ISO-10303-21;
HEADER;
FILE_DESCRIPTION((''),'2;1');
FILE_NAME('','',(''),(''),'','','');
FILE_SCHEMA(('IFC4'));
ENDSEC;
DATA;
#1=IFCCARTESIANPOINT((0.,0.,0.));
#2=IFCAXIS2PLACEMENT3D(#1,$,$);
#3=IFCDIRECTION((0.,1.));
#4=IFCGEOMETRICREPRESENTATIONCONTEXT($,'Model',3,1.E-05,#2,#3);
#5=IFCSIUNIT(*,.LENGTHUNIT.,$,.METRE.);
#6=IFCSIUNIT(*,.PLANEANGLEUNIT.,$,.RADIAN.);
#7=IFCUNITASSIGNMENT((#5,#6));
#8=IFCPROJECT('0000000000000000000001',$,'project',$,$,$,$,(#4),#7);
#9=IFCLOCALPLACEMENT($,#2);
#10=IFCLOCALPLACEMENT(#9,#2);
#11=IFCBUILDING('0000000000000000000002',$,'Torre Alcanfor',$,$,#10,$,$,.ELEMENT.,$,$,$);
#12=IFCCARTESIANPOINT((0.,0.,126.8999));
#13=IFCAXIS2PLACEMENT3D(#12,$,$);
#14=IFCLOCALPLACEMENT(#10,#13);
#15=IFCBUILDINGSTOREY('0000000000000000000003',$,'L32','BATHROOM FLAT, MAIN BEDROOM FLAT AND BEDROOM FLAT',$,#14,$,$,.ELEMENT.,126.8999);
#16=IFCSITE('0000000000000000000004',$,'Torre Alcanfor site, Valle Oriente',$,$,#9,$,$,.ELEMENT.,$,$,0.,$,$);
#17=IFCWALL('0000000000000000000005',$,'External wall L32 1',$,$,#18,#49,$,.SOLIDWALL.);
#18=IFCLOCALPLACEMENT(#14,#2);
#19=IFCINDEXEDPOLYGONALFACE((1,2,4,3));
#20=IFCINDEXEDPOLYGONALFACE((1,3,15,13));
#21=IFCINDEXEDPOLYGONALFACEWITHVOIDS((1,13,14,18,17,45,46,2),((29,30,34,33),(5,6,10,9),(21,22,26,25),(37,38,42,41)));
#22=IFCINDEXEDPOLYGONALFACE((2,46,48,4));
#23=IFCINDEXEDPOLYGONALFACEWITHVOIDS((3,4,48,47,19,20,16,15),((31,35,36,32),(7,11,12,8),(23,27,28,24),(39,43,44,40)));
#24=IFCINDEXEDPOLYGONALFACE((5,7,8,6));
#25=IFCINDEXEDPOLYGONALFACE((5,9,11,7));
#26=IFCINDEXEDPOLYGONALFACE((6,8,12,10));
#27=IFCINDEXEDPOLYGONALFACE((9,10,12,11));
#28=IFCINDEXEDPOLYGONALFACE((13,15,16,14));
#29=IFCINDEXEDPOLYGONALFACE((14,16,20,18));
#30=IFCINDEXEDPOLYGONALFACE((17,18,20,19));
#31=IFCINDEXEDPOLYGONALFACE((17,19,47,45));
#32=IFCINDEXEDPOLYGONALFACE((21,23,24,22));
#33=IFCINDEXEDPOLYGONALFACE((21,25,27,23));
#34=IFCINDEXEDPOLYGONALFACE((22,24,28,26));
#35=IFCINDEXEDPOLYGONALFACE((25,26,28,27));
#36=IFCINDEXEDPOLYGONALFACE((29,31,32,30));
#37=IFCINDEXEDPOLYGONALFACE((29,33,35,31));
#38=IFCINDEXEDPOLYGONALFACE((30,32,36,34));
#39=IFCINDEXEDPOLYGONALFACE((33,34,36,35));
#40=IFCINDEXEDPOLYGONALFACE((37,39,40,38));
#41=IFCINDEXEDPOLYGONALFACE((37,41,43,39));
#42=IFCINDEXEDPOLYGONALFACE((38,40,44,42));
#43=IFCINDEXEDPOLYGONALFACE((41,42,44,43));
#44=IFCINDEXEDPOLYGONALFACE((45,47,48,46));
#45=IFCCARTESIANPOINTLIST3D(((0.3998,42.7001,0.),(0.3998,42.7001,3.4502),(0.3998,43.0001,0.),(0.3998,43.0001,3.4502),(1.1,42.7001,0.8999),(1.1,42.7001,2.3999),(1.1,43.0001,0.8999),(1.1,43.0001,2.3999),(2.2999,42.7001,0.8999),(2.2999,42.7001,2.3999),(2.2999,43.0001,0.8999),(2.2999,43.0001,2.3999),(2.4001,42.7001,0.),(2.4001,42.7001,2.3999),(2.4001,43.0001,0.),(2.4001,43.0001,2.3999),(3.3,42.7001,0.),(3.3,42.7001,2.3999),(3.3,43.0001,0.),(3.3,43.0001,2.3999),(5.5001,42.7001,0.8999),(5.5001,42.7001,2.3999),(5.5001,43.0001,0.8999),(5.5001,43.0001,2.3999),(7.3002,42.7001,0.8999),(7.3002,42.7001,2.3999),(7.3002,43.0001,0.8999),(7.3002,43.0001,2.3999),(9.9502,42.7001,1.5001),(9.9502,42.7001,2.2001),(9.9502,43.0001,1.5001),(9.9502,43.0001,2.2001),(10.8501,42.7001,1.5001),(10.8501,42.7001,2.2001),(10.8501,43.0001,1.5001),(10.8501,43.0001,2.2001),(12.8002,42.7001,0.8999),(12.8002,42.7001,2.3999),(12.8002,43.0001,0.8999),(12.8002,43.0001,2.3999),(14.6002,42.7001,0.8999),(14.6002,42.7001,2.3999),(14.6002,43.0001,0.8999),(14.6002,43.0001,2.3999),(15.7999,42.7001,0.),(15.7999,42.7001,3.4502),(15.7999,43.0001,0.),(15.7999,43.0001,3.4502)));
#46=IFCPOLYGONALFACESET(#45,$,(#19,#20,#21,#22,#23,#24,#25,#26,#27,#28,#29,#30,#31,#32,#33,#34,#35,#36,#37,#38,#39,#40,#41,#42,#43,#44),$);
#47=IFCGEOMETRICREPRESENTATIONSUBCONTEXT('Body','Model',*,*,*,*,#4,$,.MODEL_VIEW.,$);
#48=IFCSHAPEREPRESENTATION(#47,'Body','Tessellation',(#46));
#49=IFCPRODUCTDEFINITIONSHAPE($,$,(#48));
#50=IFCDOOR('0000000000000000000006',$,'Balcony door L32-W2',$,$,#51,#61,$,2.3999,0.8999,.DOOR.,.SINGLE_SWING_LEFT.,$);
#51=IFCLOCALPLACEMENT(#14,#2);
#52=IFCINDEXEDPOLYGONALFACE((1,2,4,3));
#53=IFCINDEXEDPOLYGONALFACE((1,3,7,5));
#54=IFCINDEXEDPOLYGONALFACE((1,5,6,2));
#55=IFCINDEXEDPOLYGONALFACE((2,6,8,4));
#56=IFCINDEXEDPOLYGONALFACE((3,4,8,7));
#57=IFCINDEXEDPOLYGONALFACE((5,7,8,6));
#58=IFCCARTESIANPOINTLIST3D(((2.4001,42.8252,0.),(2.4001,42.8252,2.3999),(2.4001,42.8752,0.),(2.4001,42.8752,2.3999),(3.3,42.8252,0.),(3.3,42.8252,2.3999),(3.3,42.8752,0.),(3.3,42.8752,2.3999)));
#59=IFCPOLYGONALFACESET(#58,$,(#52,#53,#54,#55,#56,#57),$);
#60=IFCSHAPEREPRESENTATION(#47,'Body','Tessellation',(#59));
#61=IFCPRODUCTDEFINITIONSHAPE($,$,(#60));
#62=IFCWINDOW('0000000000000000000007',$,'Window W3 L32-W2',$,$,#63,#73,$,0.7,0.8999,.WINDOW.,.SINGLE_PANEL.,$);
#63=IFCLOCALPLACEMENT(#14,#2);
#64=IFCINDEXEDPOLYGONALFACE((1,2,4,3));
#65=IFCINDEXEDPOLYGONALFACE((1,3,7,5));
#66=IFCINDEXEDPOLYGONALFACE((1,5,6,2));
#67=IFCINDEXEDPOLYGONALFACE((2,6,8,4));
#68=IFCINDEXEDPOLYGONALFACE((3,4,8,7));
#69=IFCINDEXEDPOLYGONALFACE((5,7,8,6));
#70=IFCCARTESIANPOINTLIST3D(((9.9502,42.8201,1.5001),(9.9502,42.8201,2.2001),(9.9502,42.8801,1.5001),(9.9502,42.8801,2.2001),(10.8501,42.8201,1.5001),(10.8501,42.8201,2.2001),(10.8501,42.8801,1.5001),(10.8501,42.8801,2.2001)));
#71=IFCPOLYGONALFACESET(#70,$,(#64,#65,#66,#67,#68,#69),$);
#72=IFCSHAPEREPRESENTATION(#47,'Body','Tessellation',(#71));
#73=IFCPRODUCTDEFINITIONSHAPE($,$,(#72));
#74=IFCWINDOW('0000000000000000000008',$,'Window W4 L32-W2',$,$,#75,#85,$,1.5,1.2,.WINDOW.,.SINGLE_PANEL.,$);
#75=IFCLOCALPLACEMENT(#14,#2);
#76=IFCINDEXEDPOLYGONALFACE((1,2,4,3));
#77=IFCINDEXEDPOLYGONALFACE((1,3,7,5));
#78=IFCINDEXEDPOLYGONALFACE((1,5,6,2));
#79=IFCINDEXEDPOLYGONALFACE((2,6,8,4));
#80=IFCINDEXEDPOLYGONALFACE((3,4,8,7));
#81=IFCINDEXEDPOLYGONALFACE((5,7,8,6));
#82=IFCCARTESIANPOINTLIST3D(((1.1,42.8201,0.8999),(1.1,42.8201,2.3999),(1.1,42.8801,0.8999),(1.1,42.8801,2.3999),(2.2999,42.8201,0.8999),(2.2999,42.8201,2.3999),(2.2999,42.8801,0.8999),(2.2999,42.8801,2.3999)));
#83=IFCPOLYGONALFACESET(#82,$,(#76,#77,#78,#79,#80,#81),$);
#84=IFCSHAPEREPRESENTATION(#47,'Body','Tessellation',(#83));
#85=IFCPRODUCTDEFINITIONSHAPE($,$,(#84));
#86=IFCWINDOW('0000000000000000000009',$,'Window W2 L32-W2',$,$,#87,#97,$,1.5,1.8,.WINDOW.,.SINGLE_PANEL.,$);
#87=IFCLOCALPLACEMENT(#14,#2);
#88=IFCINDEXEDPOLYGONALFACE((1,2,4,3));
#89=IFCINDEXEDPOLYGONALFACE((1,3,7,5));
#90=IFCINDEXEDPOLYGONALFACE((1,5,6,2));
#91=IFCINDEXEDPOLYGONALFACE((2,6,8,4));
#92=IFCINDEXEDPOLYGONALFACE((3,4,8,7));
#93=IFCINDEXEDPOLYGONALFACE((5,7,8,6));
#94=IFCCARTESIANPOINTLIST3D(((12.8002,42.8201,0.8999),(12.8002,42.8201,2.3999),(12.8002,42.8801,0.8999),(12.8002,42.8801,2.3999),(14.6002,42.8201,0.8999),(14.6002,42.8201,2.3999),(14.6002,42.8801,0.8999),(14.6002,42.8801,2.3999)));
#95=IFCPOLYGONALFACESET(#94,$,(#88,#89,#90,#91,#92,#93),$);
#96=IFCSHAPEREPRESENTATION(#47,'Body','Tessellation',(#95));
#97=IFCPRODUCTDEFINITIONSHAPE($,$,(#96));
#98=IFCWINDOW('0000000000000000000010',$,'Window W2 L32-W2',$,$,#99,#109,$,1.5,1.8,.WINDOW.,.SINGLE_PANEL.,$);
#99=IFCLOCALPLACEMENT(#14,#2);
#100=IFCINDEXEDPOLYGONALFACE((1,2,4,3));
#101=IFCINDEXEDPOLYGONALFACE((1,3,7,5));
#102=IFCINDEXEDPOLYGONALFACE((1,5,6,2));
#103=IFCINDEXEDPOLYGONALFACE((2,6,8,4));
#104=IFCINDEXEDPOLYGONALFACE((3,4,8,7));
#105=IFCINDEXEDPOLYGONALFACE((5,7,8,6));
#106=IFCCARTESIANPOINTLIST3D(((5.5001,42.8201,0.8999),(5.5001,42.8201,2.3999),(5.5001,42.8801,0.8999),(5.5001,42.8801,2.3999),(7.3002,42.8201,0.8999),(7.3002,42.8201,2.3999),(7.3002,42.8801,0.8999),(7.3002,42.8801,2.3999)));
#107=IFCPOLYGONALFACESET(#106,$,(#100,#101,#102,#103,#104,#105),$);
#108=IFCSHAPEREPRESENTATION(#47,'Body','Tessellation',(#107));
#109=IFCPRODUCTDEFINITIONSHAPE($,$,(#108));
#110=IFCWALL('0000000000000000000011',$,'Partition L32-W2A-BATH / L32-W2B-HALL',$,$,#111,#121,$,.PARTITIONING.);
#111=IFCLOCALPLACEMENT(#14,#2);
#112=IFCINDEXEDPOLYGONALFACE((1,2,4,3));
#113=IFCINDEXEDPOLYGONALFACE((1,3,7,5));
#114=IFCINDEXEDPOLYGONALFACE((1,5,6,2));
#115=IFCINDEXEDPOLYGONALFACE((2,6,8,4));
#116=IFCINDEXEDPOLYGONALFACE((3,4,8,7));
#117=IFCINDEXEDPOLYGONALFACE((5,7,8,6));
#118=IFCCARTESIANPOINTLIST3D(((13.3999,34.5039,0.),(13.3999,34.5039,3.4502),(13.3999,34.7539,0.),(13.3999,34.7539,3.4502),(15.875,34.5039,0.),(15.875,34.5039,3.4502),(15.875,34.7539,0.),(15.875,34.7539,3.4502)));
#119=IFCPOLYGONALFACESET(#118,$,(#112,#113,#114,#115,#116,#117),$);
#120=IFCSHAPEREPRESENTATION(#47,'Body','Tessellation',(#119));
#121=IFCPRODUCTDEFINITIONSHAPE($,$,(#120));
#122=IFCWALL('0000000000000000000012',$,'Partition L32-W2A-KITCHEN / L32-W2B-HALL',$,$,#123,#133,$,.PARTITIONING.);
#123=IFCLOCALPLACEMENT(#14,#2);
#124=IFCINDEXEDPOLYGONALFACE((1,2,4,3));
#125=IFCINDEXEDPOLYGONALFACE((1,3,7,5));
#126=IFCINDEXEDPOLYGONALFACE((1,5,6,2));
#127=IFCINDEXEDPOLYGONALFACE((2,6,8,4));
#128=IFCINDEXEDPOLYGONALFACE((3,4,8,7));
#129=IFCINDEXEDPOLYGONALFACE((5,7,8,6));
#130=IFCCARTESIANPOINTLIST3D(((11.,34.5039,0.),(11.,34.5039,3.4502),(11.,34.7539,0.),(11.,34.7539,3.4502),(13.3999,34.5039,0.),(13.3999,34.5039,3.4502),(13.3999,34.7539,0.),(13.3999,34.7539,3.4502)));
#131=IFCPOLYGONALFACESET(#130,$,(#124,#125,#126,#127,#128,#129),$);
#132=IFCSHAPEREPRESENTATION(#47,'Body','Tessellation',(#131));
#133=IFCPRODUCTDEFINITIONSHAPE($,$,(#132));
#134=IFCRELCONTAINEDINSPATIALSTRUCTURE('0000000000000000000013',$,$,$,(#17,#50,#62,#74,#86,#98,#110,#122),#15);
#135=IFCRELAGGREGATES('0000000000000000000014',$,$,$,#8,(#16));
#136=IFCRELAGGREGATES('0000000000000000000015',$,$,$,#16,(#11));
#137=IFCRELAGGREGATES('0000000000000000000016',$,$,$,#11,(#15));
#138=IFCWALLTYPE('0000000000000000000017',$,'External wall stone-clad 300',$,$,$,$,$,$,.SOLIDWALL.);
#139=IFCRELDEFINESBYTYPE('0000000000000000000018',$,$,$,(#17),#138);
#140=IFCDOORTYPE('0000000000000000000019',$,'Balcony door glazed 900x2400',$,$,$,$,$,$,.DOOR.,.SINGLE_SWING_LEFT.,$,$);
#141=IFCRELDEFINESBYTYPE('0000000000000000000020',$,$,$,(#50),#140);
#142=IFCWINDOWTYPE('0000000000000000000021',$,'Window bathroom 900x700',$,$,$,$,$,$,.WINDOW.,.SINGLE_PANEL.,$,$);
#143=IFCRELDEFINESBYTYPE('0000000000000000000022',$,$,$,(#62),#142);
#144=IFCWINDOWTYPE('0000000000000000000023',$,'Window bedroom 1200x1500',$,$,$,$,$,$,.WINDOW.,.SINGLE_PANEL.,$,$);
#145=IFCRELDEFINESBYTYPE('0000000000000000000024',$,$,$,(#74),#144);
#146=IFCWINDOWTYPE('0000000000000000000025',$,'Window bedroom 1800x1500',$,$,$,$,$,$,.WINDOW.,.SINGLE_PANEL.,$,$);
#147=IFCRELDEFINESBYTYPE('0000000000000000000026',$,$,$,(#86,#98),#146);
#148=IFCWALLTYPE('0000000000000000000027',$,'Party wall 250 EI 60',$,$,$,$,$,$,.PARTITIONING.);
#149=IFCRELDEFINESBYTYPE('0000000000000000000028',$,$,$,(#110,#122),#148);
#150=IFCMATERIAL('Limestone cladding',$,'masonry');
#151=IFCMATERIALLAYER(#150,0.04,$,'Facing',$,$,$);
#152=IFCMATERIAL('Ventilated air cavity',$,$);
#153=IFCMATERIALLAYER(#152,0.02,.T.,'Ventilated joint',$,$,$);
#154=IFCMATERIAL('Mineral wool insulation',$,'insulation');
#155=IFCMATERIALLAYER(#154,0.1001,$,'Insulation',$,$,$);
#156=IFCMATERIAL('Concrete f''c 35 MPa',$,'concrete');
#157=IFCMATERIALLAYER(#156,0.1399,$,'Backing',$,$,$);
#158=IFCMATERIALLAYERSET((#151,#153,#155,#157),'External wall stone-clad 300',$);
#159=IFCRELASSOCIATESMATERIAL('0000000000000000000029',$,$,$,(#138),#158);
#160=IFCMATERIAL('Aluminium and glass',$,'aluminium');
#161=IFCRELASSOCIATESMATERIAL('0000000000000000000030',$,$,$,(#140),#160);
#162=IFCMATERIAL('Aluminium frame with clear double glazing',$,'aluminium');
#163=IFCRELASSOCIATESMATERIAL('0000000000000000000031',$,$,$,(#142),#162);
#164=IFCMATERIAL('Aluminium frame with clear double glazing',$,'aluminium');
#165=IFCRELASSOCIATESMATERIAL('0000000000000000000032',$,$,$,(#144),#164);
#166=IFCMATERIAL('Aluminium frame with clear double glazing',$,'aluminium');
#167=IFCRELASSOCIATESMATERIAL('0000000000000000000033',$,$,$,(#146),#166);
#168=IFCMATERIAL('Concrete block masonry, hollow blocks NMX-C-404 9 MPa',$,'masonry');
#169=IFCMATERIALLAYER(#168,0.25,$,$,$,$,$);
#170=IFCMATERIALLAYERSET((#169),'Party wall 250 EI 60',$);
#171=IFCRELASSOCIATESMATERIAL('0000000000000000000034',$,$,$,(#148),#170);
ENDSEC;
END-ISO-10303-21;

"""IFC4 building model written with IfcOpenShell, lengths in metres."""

from ifc_helpers import new_model, si_unit, direction, frame, frame_2d, origin, place, context, subcontext, project, spatial, rectangle, extrude, material, layer, layer_set, type_object, element, fill, save


model = new_model("IFC4")

# Units and contexts
model_context = context("Model", 3, precision=1e-05, world=origin(), true_north=direction((0.0, 1.0)))
body_context = subcontext(model_context, "Body", "Model", "MODEL_VIEW")
ifc_project = project(units=[si_unit("LENGTHUNIT", "METRE"), si_unit("PLANEANGLEUNIT", "RADIAN")], contexts=[model_context])

# Site, building, storey
site_placement = place(None, origin())
site = spatial("IfcSite", under=ifc_project, at=site_placement, Name="Torre Alcanfor site, Valle Oriente", CompositionType="ELEMENT", RefElevation=0.0)
building_placement = place(site_placement, origin())
building = spatial("IfcBuilding", under=site, at=building_placement, Name="Torre Alcanfor", CompositionType="ELEMENT")
storey_placement = place(building_placement, frame((0.0, 0.0, 126.8999)))
storey = spatial("IfcBuildingStorey", under=building, at=storey_placement, Name="L32", Description="BATHROOM FLAT, MAIN BEDROOM FLAT AND BEDROOM FLAT", CompositionType="ELEMENT", Elevation=126.8999)

# Wall, openings, door, windows
ifc_material_1 = material(Name="Limestone cladding", Category="masonry")
ifc_layer_1 = layer(ifc_material_1, 0.04, Name="Facing")
ifc_material_2 = material(Name="Ventilated air cavity")
ifc_layer_2 = layer(ifc_material_2, 0.02, ventilated=True, Name="Ventilated joint")
ifc_material_3 = material(Name="Mineral wool insulation", Category="insulation")
ifc_layer_3 = layer(ifc_material_3, 0.1001, Name="Insulation")
ifc_material_4 = material(Name="Concrete f'c 35 MPa", Category="concrete")
ifc_layer_4 = layer(ifc_material_4, 0.1399, Name="Backing")
ifc_layer_set_1 = layer_set([ifc_layer_1, ifc_layer_2, ifc_layer_3, ifc_layer_4], Name="External wall stone-clad 300")
wall_type_1 = type_object("IfcWallType", Name="External wall stone-clad 300", PredefinedType="SOLIDWALL", material=ifc_layer_set_1)
wall_1_placement = place(storey_placement, frame((15.8, 42.8501, 0.0), z_axis=(0.0, 0.0, 1.0), x_axis=(-1.0, 0.0, 0.0)))
wall_1 = element("IfcWall", 1, at=wall_1_placement, inside=storey, type_object=wall_type_1, Name="External wall L32 1", PredefinedType="SOLIDWALL", context=body_context, shape_type="SweptSolid", body=[
    extrude(rectangle(XDim=15.4001, YDim=0.3, at=frame_2d((7.7002, 0.0))), origin(), (0.0, 0.0, 1.0), 3.4502),
])
opening_1_placement = place(wall_1_placement, frame((1.2, 0.0, 0.8999)))
opening_1 = element("IfcOpeningElement", 2, at=opening_1_placement, cuts=wall_1, PredefinedType="OPENING", context=body_context, shape_type="SweptSolid", body=[
    extrude(rectangle(XDim=1.8, YDim=1.5, at=frame_2d((0.8999, 0.75))), frame((0.0, 0.1599, 0.0), z_axis=(0.0, -1.0, 0.0), x_axis=(1.0, 0.0, 0.0)), (0.0, 0.0, 1.0), 0.3201),
])
opening_2_placement = place(wall_1_placement, frame((4.95, 0.0, 1.5)))
opening_2 = element("IfcOpeningElement", 3, at=opening_2_placement, cuts=wall_1, PredefinedType="OPENING", context=body_context, shape_type="SweptSolid", body=[
    extrude(rectangle(XDim=0.8999, YDim=0.7, at=frame_2d((0.45, 0.3501))), frame((0.0, 0.1599, 0.0), z_axis=(0.0, -1.0, 0.0), x_axis=(1.0, 0.0, 0.0)), (0.0, 0.0, 1.0), 0.3201),
])
opening_3_placement = place(wall_1_placement, frame((8.5, 0.0, 0.8999)))
opening_3 = element("IfcOpeningElement", 4, at=opening_3_placement, cuts=wall_1, PredefinedType="OPENING", context=body_context, shape_type="SweptSolid", body=[
    extrude(rectangle(XDim=1.8, YDim=1.5, at=frame_2d((0.8999, 0.75))), frame((0.0, 0.1599, 0.0), z_axis=(0.0, -1.0, 0.0), x_axis=(1.0, 0.0, 0.0)), (0.0, 0.0, 1.0), 0.3201),
])
opening_4_placement = place(wall_1_placement, frame((12.5, 0.0, 0.0)))
opening_4 = element("IfcOpeningElement", 5, at=opening_4_placement, cuts=wall_1, PredefinedType="OPENING", context=body_context, shape_type="SweptSolid", body=[
    extrude(rectangle(XDim=0.8999, YDim=2.3999, at=frame_2d((0.45, 1.2))), frame((0.0, 0.1599, 0.0), z_axis=(0.0, -1.0, 0.0), x_axis=(1.0, 0.0, 0.0)), (0.0, 0.0, 1.0), 0.3201),
])
opening_5_placement = place(wall_1_placement, frame((13.5, 0.0, 0.8999)))
opening_5 = element("IfcOpeningElement", 6, at=opening_5_placement, cuts=wall_1, PredefinedType="OPENING", context=body_context, shape_type="SweptSolid", body=[
    extrude(rectangle(XDim=1.2, YDim=1.5, at=frame_2d((0.6001, 0.75))), frame((0.0, 0.1599, 0.0), z_axis=(0.0, -1.0, 0.0), x_axis=(1.0, 0.0, 0.0)), (0.0, 0.0, 1.0), 0.3201),
])
ifc_material_5 = material(Name="Aluminium and glass", Category="aluminium")
door_type_1 = type_object("IfcDoorType", Name="Balcony door glazed 900x2400", OperationType="SINGLE_SWING_LEFT", PredefinedType="DOOR", material=ifc_material_5)
door_1_placement = place(opening_4_placement, origin())
door_1 = element("IfcDoor", 7, at=door_1_placement, inside=storey, type_object=door_type_1, Name="Balcony door L32-W2", OperationType="SINGLE_SWING_LEFT", OverallHeight=2.3999, OverallWidth=0.8999, PredefinedType="DOOR", context=body_context, shape_type="SweptSolid", body=[
    extrude(rectangle(XDim=0.8999, YDim=2.3999, at=frame_2d((0.45, 1.2))), frame((0.0, 0.0249, 0.0), z_axis=(0.0, -1.0, 0.0), x_axis=(1.0, 0.0, 0.0)), (0.0, 0.0, 1.0), 0.05),
])
fill(opening_4, door_1)
ifc_material_6 = material(Name="Aluminium frame with clear double glazing", Category="aluminium")
window_type_1 = type_object("IfcWindowType", Name="Window bathroom 900x700", PartitioningType="SINGLE_PANEL", PredefinedType="WINDOW", material=ifc_material_6)
window_1_placement = place(opening_2_placement, origin())
window_1 = element("IfcWindow", 8, at=window_1_placement, inside=storey, type_object=window_type_1, Name="Window W3 L32-W2", OverallHeight=0.7, OverallWidth=0.8999, PartitioningType="SINGLE_PANEL", PredefinedType="WINDOW", context=body_context, shape_type="SweptSolid", body=[
    extrude(rectangle(XDim=0.8999, YDim=0.7, at=frame_2d((0.45, 0.3501))), frame((0.0, 0.03, 0.0), z_axis=(0.0, -1.0, 0.0), x_axis=(1.0, 0.0, 0.0)), (0.0, 0.0, 1.0), 0.0601),
])
fill(opening_2, window_1)
ifc_material_7 = material(Name="Aluminium frame with clear double glazing", Category="aluminium")
window_type_2 = type_object("IfcWindowType", Name="Window bedroom 1200x1500", PartitioningType="SINGLE_PANEL", PredefinedType="WINDOW", material=ifc_material_7)
window_2_placement = place(opening_5_placement, origin())
window_2 = element("IfcWindow", 9, at=window_2_placement, inside=storey, type_object=window_type_2, Name="Window W4 L32-W2", OverallHeight=1.5, OverallWidth=1.2, PartitioningType="SINGLE_PANEL", PredefinedType="WINDOW", context=body_context, shape_type="SweptSolid", body=[
    extrude(rectangle(XDim=1.2, YDim=1.5, at=frame_2d((0.6001, 0.75))), frame((0.0, 0.03, 0.0), z_axis=(0.0, -1.0, 0.0), x_axis=(1.0, 0.0, 0.0)), (0.0, 0.0, 1.0), 0.0601),
])
fill(opening_5, window_2)
ifc_material_8 = material(Name="Aluminium frame with clear double glazing", Category="aluminium")
window_type_3 = type_object("IfcWindowType", Name="Window bedroom 1800x1500", PartitioningType="SINGLE_PANEL", PredefinedType="WINDOW", material=ifc_material_8)
window_3_placement = place(opening_1_placement, origin())
window_3 = element("IfcWindow", 10, at=window_3_placement, inside=storey, type_object=window_type_3, Name="Window W2 L32-W2", OverallHeight=1.5, OverallWidth=1.8, PartitioningType="SINGLE_PANEL", PredefinedType="WINDOW", context=body_context, shape_type="SweptSolid", body=[
    extrude(rectangle(XDim=1.8, YDim=1.5, at=frame_2d((0.8999, 0.75))), frame((0.0, 0.03, 0.0), z_axis=(0.0, -1.0, 0.0), x_axis=(1.0, 0.0, 0.0)), (0.0, 0.0, 1.0), 0.0601),
])
fill(opening_1, window_3)
window_4_placement = place(opening_3_placement, origin())
window_4 = element("IfcWindow", 11, at=window_4_placement, inside=storey, type_object=window_type_3, Name="Window W2 L32-W2", OverallHeight=1.5, OverallWidth=1.8, PartitioningType="SINGLE_PANEL", PredefinedType="WINDOW", context=body_context, shape_type="SweptSolid", body=[
    extrude(rectangle(XDim=1.8, YDim=1.5, at=frame_2d((0.8999, 0.75))), frame((0.0, 0.03, 0.0), z_axis=(0.0, -1.0, 0.0), x_axis=(1.0, 0.0, 0.0)), (0.0, 0.0, 1.0), 0.0601),
])
fill(opening_3, window_4)

# Walls
ifc_material_9 = material(Name="Concrete block masonry, hollow blocks NMX-C-404 9 MPa", Category="masonry")
ifc_layer_5 = layer(ifc_material_9, 0.25)
ifc_layer_set_2 = layer_set([ifc_layer_5], Name="Party wall 250 EI 60")
wall_type_2 = type_object("IfcWallType", Name="Party wall 250 EI 60", PredefinedType="PARTITIONING", material=ifc_layer_set_2)
wall_2_placement = place(storey_placement, frame((13.3999, 34.6289, 0.0), z_axis=(0.0, 0.0, 1.0), x_axis=(1.0, 0.0, 0.0)))
element("IfcWall", 12, at=wall_2_placement, inside=storey, type_object=wall_type_2, Name="Partition L32-W2A-BATH / L32-W2B-HALL", PredefinedType="PARTITIONING", context=body_context, shape_type="SweptSolid", body=[
    extrude(rectangle(XDim=2.4751, YDim=0.25, at=frame_2d((1.2375, 0.0))), origin(), (0.0, 0.0, 1.0), 3.4502),
])
wall_3_placement = place(storey_placement, frame((11.0, 34.6289, 0.0), z_axis=(0.0, 0.0, 1.0), x_axis=(1.0, 0.0, 0.0)))
element("IfcWall", 13, at=wall_3_placement, inside=storey, type_object=wall_type_2, Name="Partition L32-W2A-KITCHEN / L32-W2B-HALL", PredefinedType="PARTITIONING", context=body_context, shape_type="SweptSolid", body=[
    extrude(rectangle(XDim=2.3999, YDim=0.25, at=frame_2d((1.2, 0.0))), origin(), (0.0, 0.0, 1.0), 3.4502),
])

save(model, "model.ifc")
